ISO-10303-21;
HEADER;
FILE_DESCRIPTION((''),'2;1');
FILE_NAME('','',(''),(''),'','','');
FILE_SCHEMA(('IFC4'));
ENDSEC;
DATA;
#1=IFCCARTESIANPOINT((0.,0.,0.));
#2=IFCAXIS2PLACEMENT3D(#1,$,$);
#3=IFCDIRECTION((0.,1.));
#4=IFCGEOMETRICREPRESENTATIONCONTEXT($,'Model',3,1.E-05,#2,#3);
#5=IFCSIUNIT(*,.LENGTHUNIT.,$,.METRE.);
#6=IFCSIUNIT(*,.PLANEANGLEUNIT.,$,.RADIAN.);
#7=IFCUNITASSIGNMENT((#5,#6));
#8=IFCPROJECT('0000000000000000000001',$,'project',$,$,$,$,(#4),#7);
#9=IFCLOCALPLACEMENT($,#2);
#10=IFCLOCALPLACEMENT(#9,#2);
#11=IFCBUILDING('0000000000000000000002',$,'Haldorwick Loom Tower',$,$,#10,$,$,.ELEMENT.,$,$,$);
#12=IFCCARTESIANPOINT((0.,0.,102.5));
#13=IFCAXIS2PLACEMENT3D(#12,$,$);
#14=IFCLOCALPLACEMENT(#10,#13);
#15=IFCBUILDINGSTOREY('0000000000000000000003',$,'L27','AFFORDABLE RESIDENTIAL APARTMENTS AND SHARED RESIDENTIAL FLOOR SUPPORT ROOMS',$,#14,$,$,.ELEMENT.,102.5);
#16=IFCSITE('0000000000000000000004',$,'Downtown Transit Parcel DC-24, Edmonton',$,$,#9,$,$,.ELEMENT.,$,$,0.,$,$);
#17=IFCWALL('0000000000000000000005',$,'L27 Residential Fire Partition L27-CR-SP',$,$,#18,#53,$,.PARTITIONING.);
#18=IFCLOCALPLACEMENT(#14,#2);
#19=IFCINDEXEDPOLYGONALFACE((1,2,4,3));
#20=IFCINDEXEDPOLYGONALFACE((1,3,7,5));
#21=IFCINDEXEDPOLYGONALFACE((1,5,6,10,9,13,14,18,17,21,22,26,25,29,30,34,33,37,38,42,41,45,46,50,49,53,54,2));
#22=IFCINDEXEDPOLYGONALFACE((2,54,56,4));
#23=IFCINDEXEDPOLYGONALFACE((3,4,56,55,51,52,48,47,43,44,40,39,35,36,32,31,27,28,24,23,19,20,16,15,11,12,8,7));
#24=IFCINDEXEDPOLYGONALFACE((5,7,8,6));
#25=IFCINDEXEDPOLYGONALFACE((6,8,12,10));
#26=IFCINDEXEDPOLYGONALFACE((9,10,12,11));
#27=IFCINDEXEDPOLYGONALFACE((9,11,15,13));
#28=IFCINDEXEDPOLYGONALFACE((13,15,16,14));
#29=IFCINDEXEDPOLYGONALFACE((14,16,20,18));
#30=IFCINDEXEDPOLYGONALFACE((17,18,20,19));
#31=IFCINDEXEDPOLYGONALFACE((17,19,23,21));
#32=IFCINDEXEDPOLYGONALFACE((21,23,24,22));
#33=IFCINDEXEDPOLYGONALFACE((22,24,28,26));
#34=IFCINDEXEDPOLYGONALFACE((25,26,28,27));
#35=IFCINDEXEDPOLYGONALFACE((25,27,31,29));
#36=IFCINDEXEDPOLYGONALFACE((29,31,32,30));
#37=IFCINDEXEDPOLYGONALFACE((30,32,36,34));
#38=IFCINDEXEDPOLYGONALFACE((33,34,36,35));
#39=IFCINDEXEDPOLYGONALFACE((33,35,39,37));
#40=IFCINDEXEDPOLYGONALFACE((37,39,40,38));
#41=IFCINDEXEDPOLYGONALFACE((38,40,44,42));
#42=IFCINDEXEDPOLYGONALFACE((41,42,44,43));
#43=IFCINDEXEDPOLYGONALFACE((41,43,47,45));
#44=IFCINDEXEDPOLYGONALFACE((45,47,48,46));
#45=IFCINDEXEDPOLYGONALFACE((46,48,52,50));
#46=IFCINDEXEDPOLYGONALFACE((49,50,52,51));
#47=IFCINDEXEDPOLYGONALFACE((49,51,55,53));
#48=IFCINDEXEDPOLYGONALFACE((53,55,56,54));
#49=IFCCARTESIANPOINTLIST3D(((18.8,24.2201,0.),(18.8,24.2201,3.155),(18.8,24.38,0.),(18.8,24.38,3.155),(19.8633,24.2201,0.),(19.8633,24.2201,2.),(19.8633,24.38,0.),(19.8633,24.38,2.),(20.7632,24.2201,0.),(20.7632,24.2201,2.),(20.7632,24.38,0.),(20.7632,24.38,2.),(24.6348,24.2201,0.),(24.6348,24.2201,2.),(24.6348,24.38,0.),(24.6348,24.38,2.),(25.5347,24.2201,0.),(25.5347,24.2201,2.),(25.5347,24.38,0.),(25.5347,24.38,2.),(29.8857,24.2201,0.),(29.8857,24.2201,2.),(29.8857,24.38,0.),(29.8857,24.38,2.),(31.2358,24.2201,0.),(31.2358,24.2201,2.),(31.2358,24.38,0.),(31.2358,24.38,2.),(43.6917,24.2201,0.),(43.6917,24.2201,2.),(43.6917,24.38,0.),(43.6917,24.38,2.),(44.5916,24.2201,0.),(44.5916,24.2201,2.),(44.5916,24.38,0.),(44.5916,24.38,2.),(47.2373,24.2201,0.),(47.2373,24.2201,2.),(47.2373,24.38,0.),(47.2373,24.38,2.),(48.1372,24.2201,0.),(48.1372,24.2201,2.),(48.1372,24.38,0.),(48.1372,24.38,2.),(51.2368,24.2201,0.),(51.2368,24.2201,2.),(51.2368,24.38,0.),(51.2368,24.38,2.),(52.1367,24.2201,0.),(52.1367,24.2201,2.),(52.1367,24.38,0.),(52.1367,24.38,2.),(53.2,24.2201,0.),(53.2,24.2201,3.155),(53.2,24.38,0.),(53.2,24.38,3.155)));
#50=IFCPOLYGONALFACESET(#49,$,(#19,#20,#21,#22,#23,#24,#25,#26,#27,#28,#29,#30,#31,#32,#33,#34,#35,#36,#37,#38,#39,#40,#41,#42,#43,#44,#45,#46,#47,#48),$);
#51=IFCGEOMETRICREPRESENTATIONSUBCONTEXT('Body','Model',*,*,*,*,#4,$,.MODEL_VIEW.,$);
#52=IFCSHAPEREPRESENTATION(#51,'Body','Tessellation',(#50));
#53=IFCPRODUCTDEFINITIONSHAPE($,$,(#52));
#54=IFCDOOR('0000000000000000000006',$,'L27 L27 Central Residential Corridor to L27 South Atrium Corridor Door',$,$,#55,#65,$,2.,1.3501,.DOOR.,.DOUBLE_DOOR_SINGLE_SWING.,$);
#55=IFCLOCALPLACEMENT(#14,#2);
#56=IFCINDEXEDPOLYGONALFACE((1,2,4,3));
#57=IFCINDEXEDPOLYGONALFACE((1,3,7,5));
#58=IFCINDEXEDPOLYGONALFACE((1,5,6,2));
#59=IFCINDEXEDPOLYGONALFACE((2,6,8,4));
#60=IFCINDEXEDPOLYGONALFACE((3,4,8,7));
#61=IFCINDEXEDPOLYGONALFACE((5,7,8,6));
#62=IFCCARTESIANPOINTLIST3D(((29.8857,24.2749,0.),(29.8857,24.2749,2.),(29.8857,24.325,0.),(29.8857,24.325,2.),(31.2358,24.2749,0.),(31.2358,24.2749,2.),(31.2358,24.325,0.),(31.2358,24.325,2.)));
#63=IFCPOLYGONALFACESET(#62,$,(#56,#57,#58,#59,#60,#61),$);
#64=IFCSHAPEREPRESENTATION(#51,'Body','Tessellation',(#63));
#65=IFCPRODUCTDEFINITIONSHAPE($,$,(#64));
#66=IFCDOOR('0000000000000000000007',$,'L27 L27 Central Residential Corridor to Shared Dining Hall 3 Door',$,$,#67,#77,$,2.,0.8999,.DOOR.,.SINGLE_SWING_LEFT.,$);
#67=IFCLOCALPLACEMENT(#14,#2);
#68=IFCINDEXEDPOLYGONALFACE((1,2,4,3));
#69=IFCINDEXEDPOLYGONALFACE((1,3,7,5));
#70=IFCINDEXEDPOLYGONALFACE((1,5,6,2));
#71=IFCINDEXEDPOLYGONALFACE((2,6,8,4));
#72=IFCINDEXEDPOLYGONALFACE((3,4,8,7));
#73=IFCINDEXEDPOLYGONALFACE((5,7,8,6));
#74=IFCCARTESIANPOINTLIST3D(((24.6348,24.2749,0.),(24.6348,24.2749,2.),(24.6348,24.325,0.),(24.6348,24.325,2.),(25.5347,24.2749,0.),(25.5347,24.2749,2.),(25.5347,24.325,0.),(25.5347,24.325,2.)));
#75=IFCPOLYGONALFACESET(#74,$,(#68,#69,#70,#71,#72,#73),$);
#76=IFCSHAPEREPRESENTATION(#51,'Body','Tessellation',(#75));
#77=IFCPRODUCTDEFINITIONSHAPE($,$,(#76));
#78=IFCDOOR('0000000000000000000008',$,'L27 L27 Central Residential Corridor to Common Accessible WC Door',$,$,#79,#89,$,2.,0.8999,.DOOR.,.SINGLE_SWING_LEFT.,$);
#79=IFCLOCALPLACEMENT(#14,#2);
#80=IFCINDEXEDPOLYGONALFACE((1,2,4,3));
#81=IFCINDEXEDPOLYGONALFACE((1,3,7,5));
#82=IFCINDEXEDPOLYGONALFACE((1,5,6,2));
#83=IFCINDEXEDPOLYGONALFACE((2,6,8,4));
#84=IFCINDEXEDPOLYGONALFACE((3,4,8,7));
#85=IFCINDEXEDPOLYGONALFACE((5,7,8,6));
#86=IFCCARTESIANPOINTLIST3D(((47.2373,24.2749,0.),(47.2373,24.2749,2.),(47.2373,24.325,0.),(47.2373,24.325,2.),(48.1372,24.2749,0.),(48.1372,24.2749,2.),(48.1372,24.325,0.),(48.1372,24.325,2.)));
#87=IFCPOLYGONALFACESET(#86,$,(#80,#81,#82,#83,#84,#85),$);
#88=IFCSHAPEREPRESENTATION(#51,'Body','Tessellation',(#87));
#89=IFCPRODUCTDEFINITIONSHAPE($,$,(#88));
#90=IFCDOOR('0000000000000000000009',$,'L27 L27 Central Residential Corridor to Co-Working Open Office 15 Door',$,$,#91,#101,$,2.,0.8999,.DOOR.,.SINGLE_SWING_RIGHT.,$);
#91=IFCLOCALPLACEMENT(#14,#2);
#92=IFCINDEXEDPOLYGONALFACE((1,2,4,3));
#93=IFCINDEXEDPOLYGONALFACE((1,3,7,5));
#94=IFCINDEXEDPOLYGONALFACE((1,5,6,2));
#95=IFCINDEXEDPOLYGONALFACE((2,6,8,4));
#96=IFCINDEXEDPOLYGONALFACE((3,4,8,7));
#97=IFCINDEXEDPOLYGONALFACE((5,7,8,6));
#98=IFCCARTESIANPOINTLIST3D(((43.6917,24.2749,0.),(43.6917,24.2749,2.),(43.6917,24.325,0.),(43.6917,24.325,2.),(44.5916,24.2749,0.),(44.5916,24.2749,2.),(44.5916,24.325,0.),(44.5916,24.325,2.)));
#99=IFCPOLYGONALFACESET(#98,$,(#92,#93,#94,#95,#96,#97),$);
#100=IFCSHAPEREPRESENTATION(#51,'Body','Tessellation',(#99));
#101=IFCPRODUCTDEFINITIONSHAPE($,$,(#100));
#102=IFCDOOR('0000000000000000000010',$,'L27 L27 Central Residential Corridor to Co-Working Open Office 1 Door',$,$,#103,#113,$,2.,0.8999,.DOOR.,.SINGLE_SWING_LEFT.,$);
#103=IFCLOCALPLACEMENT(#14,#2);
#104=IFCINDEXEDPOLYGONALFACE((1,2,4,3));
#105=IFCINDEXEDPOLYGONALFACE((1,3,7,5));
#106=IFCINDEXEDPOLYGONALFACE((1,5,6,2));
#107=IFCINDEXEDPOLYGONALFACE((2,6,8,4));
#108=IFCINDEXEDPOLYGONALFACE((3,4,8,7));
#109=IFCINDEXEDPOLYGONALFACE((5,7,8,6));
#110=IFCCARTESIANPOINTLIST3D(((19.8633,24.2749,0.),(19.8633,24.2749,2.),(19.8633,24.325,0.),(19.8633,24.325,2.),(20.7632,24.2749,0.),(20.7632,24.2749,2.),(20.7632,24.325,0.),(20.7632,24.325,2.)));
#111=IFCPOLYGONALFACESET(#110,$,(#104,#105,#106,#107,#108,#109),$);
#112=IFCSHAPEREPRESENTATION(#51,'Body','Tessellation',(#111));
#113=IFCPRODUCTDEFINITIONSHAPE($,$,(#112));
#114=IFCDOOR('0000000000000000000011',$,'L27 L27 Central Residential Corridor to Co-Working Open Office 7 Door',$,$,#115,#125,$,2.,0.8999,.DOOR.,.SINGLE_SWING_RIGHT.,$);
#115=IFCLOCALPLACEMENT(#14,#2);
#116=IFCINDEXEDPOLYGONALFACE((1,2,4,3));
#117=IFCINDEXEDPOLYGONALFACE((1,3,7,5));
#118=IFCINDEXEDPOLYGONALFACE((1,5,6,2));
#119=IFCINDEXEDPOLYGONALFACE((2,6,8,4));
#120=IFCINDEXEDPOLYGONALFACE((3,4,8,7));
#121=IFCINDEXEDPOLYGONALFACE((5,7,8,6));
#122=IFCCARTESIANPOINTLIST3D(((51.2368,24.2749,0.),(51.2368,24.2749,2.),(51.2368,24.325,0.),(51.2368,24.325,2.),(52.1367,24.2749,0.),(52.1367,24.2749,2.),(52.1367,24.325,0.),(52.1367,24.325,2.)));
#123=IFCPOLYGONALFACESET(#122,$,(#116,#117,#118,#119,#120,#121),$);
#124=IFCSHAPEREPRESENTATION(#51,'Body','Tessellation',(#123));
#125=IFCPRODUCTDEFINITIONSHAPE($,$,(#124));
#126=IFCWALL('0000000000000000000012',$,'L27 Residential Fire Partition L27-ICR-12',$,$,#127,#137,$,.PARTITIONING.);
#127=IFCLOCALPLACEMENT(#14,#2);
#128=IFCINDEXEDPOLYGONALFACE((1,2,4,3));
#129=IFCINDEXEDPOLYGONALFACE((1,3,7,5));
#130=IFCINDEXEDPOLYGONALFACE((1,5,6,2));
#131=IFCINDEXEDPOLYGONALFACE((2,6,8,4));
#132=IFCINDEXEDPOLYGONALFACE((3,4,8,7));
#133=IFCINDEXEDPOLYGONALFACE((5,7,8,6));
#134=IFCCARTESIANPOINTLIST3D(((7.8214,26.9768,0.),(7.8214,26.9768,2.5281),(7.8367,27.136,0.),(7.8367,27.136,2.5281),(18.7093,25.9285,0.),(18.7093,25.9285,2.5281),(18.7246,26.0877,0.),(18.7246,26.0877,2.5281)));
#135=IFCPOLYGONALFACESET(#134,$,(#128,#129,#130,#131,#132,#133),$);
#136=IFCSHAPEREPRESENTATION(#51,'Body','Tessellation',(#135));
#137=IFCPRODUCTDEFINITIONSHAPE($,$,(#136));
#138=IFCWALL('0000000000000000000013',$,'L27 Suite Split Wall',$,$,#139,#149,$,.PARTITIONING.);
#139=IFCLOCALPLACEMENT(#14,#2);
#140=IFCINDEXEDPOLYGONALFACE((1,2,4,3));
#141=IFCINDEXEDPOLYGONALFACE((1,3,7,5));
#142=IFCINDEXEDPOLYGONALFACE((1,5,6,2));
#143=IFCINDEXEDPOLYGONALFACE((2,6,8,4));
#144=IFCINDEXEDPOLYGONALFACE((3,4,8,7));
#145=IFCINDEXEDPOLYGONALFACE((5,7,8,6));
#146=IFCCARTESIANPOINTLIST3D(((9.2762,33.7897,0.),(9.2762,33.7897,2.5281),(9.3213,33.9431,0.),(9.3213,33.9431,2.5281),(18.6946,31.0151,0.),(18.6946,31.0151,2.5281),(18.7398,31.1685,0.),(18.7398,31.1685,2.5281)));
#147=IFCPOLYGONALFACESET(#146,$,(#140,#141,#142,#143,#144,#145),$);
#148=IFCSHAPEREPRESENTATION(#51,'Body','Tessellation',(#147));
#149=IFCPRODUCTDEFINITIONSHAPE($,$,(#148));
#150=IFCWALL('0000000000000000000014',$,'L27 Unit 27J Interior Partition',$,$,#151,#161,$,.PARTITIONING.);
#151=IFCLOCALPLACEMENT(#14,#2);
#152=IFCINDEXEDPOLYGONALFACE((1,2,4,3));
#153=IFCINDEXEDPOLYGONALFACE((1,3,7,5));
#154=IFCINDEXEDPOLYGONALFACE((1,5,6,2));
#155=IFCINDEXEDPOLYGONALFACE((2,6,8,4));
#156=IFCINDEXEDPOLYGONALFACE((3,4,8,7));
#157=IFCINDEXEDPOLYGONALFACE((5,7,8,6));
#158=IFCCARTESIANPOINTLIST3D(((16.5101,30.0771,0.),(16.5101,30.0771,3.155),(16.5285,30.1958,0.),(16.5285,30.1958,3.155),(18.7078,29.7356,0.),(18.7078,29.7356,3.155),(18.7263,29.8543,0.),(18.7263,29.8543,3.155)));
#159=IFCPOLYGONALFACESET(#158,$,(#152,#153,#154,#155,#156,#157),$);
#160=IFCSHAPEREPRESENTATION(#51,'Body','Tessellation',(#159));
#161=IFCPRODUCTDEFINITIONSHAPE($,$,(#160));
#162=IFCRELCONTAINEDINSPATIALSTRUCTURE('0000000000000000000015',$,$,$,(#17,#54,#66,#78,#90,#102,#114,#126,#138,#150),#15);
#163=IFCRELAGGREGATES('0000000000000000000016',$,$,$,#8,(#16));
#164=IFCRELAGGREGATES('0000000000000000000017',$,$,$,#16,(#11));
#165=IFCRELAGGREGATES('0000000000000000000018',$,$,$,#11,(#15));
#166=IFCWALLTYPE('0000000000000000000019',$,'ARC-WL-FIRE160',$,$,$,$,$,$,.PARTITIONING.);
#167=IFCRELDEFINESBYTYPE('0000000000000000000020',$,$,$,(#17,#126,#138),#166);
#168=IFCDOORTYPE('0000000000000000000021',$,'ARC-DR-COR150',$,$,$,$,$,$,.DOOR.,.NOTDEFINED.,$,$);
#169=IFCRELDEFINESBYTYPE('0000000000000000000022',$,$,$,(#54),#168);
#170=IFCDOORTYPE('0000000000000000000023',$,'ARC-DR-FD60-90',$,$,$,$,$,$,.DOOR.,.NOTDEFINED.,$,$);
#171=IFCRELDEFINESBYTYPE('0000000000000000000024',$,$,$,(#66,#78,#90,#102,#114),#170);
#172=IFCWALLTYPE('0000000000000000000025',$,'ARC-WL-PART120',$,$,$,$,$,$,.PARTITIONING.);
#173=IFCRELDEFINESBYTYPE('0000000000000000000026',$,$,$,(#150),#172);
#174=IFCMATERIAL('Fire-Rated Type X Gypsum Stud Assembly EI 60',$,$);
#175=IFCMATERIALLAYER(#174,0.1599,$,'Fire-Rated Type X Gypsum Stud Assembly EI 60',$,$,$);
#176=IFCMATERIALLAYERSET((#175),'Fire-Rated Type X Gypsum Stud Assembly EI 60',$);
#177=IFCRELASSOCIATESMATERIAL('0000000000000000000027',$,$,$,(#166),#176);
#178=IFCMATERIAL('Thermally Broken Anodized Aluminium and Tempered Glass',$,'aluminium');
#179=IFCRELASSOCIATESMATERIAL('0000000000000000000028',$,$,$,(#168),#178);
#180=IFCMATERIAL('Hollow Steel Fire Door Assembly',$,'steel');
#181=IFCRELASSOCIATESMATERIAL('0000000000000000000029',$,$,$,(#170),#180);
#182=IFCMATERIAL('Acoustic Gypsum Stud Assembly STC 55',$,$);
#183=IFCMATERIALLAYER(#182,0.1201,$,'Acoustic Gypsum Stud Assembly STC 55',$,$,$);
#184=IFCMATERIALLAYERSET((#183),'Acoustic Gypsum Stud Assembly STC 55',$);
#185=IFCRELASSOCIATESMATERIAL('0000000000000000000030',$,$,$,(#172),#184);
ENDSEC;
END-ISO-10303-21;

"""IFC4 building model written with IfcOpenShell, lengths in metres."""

from ifc_helpers import new_model, si_unit, direction, frame, frame_2d, origin, place, context, subcontext, project, spatial, rectangle, extrude, material, layer, layer_set, type_object, element, fill, save


model = new_model("IFC4")

# Units and contexts
model_context = context("Model", 3, precision=1e-05, world=origin(), true_north=direction((0.0, 1.0)))
body_context = subcontext(model_context, "Body", "Model", "MODEL_VIEW")
ifc_project = project(units=[si_unit("LENGTHUNIT", "METRE"), si_unit("PLANEANGLEUNIT", "RADIAN")], contexts=[model_context])

# Site, building, storey
site_placement = place(None, origin())
site = spatial("IfcSite", under=ifc_project, at=site_placement, Name="Downtown Transit Parcel DC-24, Edmonton", CompositionType="ELEMENT", RefElevation=0.0)
building_placement = place(site_placement, origin())
building = spatial("IfcBuilding", under=site, at=building_placement, Name="Haldorwick Loom Tower", CompositionType="ELEMENT")
storey_placement = place(building_placement, frame((0.0, 0.0, 102.5)))
storey = spatial("IfcBuildingStorey", under=building, at=storey_placement, Name="L27", Description="AFFORDABLE RESIDENTIAL APARTMENTS AND SHARED RESIDENTIAL FLOOR SUPPORT ROOMS", CompositionType="ELEMENT", Elevation=102.5)

# Wall, openings, doors
ifc_material_1 = material(Name="Fire-Rated Type X Gypsum Stud Assembly EI 60")
ifc_layer_1 = layer(ifc_material_1, 0.1599, Name="Fire-Rated Type X Gypsum Stud Assembly EI 60")
ifc_layer_set_1 = layer_set([ifc_layer_1], Name="Fire-Rated Type X Gypsum Stud Assembly EI 60")
wall_type_1 = type_object("IfcWallType", Name="ARC-WL-FIRE160", PredefinedType="PARTITIONING", material=ifc_layer_set_1)
wall_1_placement = place(storey_placement, frame((18.8, 24.3, 0.0), z_axis=(0.0, 0.0, 1.0), x_axis=(1.0, 0.0, 0.0)))
wall_1 = element("IfcWall", 1, at=wall_1_placement, inside=storey, type_object=wall_type_1, Name="L27 Residential Fire Partition L27-CR-SP", PredefinedType="PARTITIONING", context=body_context, shape_type="SweptSolid", body=[
    extrude(rectangle(XDim=34.3999, YDim=0.1599, at=frame_2d((17.2, 0.0))), origin(), (0.0, 0.0, 1.0), 3.155),
])
opening_1_placement = place(wall_1_placement, frame((11.0857, 0.0, 0.0)))
opening_1 = element("IfcOpeningElement", 2, at=opening_1_placement, cuts=wall_1, PredefinedType="OPENING", context=body_context, shape_type="SweptSolid", body=[
    extrude(rectangle(XDim=1.3501, YDim=2.0, at=frame_2d((0.675, 1.0))), frame((0.0, 0.0898, 0.0), z_axis=(0.0, -1.0, 0.0), x_axis=(1.0, 0.0, 0.0)), (0.0, 0.0, 1.0), 0.1799),
])
opening_2_placement = place(wall_1_placement, frame((5.8347, 0.0, 0.0)))
opening_2 = element("IfcOpeningElement", 3, at=opening_2_placement, cuts=wall_1, PredefinedType="OPENING", context=body_context, shape_type="SweptSolid", body=[
    extrude(rectangle(XDim=0.8999, YDim=2.0, at=frame_2d((0.45, 1.0))), frame((0.0, 0.0898, 0.0), z_axis=(0.0, -1.0, 0.0), x_axis=(1.0, 0.0, 0.0)), (0.0, 0.0, 1.0), 0.1799),
])
opening_3_placement = place(wall_1_placement, frame((28.4373, 0.0, 0.0)))
opening_3 = element("IfcOpeningElement", 4, at=opening_3_placement, cuts=wall_1, PredefinedType="OPENING", context=body_context, shape_type="SweptSolid", body=[
    extrude(rectangle(XDim=0.8999, YDim=2.0, at=frame_2d((0.45, 1.0))), frame((0.0, 0.0898, 0.0), z_axis=(0.0, -1.0, 0.0), x_axis=(1.0, 0.0, 0.0)), (0.0, 0.0, 1.0), 0.1799),
])
opening_4_placement = place(wall_1_placement, frame((24.8916, 0.0, 0.0)))
opening_4 = element("IfcOpeningElement", 5, at=opening_4_placement, cuts=wall_1, PredefinedType="OPENING", context=body_context, shape_type="SweptSolid", body=[
    extrude(rectangle(XDim=0.8999, YDim=2.0, at=frame_2d((0.45, 1.0))), frame((0.0, 0.0898, 0.0), z_axis=(0.0, -1.0, 0.0), x_axis=(1.0, 0.0, 0.0)), (0.0, 0.0, 1.0), 0.1799),
])
opening_5_placement = place(wall_1_placement, frame((1.0632, 0.0, 0.0)))
opening_5 = element("IfcOpeningElement", 6, at=opening_5_placement, cuts=wall_1, PredefinedType="OPENING", context=body_context, shape_type="SweptSolid", body=[
    extrude(rectangle(XDim=0.8999, YDim=2.0, at=frame_2d((0.45, 1.0))), frame((0.0, 0.0898, 0.0), z_axis=(0.0, -1.0, 0.0), x_axis=(1.0, 0.0, 0.0)), (0.0, 0.0, 1.0), 0.1799),
])
opening_6_placement = place(wall_1_placement, frame((32.4368, 0.0, 0.0)))
opening_6 = element("IfcOpeningElement", 7, at=opening_6_placement, cuts=wall_1, PredefinedType="OPENING", context=body_context, shape_type="SweptSolid", body=[
    extrude(rectangle(XDim=0.8999, YDim=2.0, at=frame_2d((0.45, 1.0))), frame((0.0, 0.0898, 0.0), z_axis=(0.0, -1.0, 0.0), x_axis=(1.0, 0.0, 0.0)), (0.0, 0.0, 1.0), 0.1799),
])
ifc_material_2 = material(Name="Thermally Broken Anodized Aluminium and Tempered Glass", Category="aluminium")
door_type_1 = type_object("IfcDoorType", Name="ARC-DR-COR150", OperationType="NOTDEFINED", PredefinedType="DOOR", material=ifc_material_2)
door_1_placement = place(opening_1_placement, origin())
door_1 = element("IfcDoor", 8, at=door_1_placement, inside=storey, type_object=door_type_1, Name="L27 L27 Central Residential Corridor to L27 South Atrium Corridor Door", OperationType="DOUBLE_DOOR_SINGLE_SWING", OverallHeight=2.0, OverallWidth=1.3501, PredefinedType="DOOR", context=body_context, shape_type="SweptSolid", body=[
    extrude(rectangle(XDim=1.3501, YDim=2.0, at=frame_2d((0.675, 1.0))), frame((0.0, 0.0249, 0.0), z_axis=(0.0, -1.0, 0.0), x_axis=(1.0, 0.0, 0.0)), (0.0, 0.0, 1.0), 0.05),
])
fill(opening_1, door_1)
ifc_material_3 = material(Name="Hollow Steel Fire Door Assembly", Category="steel")
door_type_2 = type_object("IfcDoorType", Name="ARC-DR-FD60-90", OperationType="NOTDEFINED", PredefinedType="DOOR", material=ifc_material_3)
door_2_placement = place(opening_2_placement, origin())
door_2 = element("IfcDoor", 9, at=door_2_placement, inside=storey, type_object=door_type_2, Name="L27 L27 Central Residential Corridor to Shared Dining Hall 3 Door", OperationType="SINGLE_SWING_LEFT", OverallHeight=2.0, OverallWidth=0.8999, PredefinedType="DOOR", context=body_context, shape_type="SweptSolid", body=[
    extrude(rectangle(XDim=0.8999, YDim=2.0, at=frame_2d((0.45, 1.0))), frame((0.0, 0.0249, 0.0), z_axis=(0.0, -1.0, 0.0), x_axis=(1.0, 0.0, 0.0)), (0.0, 0.0, 1.0), 0.05),
])
fill(opening_2, door_2)
door_3_placement = place(opening_3_placement, origin())
door_3 = element("IfcDoor", 10, at=door_3_placement, inside=storey, type_object=door_type_2, Name="L27 L27 Central Residential Corridor to Common Accessible WC Door", OperationType="SINGLE_SWING_LEFT", OverallHeight=2.0, OverallWidth=0.8999, PredefinedType="DOOR", context=body_context, shape_type="SweptSolid", body=[
    extrude(rectangle(XDim=0.8999, YDim=2.0, at=frame_2d((0.45, 1.0))), frame((0.0, 0.0249, 0.0), z_axis=(0.0, -1.0, 0.0), x_axis=(1.0, 0.0, 0.0)), (0.0, 0.0, 1.0), 0.05),
])
fill(opening_3, door_3)
door_4_placement = place(opening_4_placement, origin())
door_4 = element("IfcDoor", 11, at=door_4_placement, inside=storey, type_object=door_type_2, Name="L27 L27 Central Residential Corridor to Co-Working Open Office 15 Door", OperationType="SINGLE_SWING_RIGHT", OverallHeight=2.0, OverallWidth=0.8999, PredefinedType="DOOR", context=body_context, shape_type="SweptSolid", body=[
    extrude(rectangle(XDim=0.8999, YDim=2.0, at=frame_2d((0.45, 1.0))), frame((0.0, 0.0249, 0.0), z_axis=(0.0, -1.0, 0.0), x_axis=(1.0, 0.0, 0.0)), (0.0, 0.0, 1.0), 0.05),
])
fill(opening_4, door_4)
door_5_placement = place(opening_5_placement, origin())
door_5 = element("IfcDoor", 12, at=door_5_placement, inside=storey, type_object=door_type_2, Name="L27 L27 Central Residential Corridor to Co-Working Open Office 1 Door", OperationType="SINGLE_SWING_LEFT", OverallHeight=2.0, OverallWidth=0.8999, PredefinedType="DOOR", context=body_context, shape_type="SweptSolid", body=[
    extrude(rectangle(XDim=0.8999, YDim=2.0, at=frame_2d((0.45, 1.0))), frame((0.0, 0.0249, 0.0), z_axis=(0.0, -1.0, 0.0), x_axis=(1.0, 0.0, 0.0)), (0.0, 0.0, 1.0), 0.05),
])
fill(opening_5, door_5)
door_6_placement = place(opening_6_placement, origin())
door_6 = element("IfcDoor", 13, at=door_6_placement, inside=storey, type_object=door_type_2, Name="L27 L27 Central Residential Corridor to Co-Working Open Office 7 Door", OperationType="SINGLE_SWING_RIGHT", OverallHeight=2.0, OverallWidth=0.8999, PredefinedType="DOOR", context=body_context, shape_type="SweptSolid", body=[
    extrude(rectangle(XDim=0.8999, YDim=2.0, at=frame_2d((0.45, 1.0))), frame((0.0, 0.0249, 0.0), z_axis=(0.0, -1.0, 0.0), x_axis=(1.0, 0.0, 0.0)), (0.0, 0.0, 1.0), 0.05),
])
fill(opening_6, door_6)

# Walls
wall_2_placement = place(storey_placement, frame((18.717, 26.0081, 0.0), z_axis=(0.0, 0.0, 1.0), x_axis=(-0.995397, 0.095841, 0.0)))
element("IfcWall", 14, at=wall_2_placement, inside=storey, type_object=wall_type_1, Name="L27 Residential Fire Partition L27-ICR-12", PredefinedType="PARTITIONING", context=body_context, shape_type="SweptSolid", body=[
    extrude(rectangle(XDim=10.9382, YDim=0.1599, at=frame_2d((5.4692, 0.0))), origin(), (0.0, 0.0, 1.0), 2.5281),
])
wall_3_placement = place(storey_placement, frame((18.717, 31.0918, 0.0), z_axis=(0.0, 0.0, 1.0), x_axis=(-0.959241, 0.28259, 0.0)))
element("IfcWall", 15, at=wall_3_placement, inside=storey, type_object=wall_type_1, Name="L27 Suite Split Wall", PredefinedType="PARTITIONING", context=body_context, shape_type="SweptSolid", body=[
    extrude(rectangle(XDim=9.8186, YDim=0.1599, at=frame_2d((4.9092, 0.0))), origin(), (0.0, 0.0, 1.0), 2.5281),
])
ifc_material_4 = material(Name="Acoustic Gypsum Stud Assembly STC 55")
ifc_layer_2 = layer(ifc_material_4, 0.1201, Name="Acoustic Gypsum Stud Assembly STC 55")
ifc_layer_set_2 = layer_set([ifc_layer_2], Name="Acoustic Gypsum Stud Assembly STC 55")
wall_type_2 = type_object("IfcWallType", Name="ARC-WL-PART120", PredefinedType="PARTITIONING", material=ifc_layer_set_2)
wall_4_placement = place(storey_placement, frame((18.717, 29.7949, 0.0), z_axis=(0.0, 0.0, 1.0), x_axis=(-0.988138, 0.153566, 0.0)))
element("IfcWall", 16, at=wall_4_placement, inside=storey, type_object=wall_type_2, Name="L27 Unit 27J Interior Partition", PredefinedType="PARTITIONING", context=body_context, shape_type="SweptSolid", body=[
    extrude(rectangle(XDim=2.2241, YDim=0.1201, at=frame_2d((1.1121, 0.0))), origin(), (0.0, 0.0, 1.0), 3.155),
])

save(model, "model.ifc")
